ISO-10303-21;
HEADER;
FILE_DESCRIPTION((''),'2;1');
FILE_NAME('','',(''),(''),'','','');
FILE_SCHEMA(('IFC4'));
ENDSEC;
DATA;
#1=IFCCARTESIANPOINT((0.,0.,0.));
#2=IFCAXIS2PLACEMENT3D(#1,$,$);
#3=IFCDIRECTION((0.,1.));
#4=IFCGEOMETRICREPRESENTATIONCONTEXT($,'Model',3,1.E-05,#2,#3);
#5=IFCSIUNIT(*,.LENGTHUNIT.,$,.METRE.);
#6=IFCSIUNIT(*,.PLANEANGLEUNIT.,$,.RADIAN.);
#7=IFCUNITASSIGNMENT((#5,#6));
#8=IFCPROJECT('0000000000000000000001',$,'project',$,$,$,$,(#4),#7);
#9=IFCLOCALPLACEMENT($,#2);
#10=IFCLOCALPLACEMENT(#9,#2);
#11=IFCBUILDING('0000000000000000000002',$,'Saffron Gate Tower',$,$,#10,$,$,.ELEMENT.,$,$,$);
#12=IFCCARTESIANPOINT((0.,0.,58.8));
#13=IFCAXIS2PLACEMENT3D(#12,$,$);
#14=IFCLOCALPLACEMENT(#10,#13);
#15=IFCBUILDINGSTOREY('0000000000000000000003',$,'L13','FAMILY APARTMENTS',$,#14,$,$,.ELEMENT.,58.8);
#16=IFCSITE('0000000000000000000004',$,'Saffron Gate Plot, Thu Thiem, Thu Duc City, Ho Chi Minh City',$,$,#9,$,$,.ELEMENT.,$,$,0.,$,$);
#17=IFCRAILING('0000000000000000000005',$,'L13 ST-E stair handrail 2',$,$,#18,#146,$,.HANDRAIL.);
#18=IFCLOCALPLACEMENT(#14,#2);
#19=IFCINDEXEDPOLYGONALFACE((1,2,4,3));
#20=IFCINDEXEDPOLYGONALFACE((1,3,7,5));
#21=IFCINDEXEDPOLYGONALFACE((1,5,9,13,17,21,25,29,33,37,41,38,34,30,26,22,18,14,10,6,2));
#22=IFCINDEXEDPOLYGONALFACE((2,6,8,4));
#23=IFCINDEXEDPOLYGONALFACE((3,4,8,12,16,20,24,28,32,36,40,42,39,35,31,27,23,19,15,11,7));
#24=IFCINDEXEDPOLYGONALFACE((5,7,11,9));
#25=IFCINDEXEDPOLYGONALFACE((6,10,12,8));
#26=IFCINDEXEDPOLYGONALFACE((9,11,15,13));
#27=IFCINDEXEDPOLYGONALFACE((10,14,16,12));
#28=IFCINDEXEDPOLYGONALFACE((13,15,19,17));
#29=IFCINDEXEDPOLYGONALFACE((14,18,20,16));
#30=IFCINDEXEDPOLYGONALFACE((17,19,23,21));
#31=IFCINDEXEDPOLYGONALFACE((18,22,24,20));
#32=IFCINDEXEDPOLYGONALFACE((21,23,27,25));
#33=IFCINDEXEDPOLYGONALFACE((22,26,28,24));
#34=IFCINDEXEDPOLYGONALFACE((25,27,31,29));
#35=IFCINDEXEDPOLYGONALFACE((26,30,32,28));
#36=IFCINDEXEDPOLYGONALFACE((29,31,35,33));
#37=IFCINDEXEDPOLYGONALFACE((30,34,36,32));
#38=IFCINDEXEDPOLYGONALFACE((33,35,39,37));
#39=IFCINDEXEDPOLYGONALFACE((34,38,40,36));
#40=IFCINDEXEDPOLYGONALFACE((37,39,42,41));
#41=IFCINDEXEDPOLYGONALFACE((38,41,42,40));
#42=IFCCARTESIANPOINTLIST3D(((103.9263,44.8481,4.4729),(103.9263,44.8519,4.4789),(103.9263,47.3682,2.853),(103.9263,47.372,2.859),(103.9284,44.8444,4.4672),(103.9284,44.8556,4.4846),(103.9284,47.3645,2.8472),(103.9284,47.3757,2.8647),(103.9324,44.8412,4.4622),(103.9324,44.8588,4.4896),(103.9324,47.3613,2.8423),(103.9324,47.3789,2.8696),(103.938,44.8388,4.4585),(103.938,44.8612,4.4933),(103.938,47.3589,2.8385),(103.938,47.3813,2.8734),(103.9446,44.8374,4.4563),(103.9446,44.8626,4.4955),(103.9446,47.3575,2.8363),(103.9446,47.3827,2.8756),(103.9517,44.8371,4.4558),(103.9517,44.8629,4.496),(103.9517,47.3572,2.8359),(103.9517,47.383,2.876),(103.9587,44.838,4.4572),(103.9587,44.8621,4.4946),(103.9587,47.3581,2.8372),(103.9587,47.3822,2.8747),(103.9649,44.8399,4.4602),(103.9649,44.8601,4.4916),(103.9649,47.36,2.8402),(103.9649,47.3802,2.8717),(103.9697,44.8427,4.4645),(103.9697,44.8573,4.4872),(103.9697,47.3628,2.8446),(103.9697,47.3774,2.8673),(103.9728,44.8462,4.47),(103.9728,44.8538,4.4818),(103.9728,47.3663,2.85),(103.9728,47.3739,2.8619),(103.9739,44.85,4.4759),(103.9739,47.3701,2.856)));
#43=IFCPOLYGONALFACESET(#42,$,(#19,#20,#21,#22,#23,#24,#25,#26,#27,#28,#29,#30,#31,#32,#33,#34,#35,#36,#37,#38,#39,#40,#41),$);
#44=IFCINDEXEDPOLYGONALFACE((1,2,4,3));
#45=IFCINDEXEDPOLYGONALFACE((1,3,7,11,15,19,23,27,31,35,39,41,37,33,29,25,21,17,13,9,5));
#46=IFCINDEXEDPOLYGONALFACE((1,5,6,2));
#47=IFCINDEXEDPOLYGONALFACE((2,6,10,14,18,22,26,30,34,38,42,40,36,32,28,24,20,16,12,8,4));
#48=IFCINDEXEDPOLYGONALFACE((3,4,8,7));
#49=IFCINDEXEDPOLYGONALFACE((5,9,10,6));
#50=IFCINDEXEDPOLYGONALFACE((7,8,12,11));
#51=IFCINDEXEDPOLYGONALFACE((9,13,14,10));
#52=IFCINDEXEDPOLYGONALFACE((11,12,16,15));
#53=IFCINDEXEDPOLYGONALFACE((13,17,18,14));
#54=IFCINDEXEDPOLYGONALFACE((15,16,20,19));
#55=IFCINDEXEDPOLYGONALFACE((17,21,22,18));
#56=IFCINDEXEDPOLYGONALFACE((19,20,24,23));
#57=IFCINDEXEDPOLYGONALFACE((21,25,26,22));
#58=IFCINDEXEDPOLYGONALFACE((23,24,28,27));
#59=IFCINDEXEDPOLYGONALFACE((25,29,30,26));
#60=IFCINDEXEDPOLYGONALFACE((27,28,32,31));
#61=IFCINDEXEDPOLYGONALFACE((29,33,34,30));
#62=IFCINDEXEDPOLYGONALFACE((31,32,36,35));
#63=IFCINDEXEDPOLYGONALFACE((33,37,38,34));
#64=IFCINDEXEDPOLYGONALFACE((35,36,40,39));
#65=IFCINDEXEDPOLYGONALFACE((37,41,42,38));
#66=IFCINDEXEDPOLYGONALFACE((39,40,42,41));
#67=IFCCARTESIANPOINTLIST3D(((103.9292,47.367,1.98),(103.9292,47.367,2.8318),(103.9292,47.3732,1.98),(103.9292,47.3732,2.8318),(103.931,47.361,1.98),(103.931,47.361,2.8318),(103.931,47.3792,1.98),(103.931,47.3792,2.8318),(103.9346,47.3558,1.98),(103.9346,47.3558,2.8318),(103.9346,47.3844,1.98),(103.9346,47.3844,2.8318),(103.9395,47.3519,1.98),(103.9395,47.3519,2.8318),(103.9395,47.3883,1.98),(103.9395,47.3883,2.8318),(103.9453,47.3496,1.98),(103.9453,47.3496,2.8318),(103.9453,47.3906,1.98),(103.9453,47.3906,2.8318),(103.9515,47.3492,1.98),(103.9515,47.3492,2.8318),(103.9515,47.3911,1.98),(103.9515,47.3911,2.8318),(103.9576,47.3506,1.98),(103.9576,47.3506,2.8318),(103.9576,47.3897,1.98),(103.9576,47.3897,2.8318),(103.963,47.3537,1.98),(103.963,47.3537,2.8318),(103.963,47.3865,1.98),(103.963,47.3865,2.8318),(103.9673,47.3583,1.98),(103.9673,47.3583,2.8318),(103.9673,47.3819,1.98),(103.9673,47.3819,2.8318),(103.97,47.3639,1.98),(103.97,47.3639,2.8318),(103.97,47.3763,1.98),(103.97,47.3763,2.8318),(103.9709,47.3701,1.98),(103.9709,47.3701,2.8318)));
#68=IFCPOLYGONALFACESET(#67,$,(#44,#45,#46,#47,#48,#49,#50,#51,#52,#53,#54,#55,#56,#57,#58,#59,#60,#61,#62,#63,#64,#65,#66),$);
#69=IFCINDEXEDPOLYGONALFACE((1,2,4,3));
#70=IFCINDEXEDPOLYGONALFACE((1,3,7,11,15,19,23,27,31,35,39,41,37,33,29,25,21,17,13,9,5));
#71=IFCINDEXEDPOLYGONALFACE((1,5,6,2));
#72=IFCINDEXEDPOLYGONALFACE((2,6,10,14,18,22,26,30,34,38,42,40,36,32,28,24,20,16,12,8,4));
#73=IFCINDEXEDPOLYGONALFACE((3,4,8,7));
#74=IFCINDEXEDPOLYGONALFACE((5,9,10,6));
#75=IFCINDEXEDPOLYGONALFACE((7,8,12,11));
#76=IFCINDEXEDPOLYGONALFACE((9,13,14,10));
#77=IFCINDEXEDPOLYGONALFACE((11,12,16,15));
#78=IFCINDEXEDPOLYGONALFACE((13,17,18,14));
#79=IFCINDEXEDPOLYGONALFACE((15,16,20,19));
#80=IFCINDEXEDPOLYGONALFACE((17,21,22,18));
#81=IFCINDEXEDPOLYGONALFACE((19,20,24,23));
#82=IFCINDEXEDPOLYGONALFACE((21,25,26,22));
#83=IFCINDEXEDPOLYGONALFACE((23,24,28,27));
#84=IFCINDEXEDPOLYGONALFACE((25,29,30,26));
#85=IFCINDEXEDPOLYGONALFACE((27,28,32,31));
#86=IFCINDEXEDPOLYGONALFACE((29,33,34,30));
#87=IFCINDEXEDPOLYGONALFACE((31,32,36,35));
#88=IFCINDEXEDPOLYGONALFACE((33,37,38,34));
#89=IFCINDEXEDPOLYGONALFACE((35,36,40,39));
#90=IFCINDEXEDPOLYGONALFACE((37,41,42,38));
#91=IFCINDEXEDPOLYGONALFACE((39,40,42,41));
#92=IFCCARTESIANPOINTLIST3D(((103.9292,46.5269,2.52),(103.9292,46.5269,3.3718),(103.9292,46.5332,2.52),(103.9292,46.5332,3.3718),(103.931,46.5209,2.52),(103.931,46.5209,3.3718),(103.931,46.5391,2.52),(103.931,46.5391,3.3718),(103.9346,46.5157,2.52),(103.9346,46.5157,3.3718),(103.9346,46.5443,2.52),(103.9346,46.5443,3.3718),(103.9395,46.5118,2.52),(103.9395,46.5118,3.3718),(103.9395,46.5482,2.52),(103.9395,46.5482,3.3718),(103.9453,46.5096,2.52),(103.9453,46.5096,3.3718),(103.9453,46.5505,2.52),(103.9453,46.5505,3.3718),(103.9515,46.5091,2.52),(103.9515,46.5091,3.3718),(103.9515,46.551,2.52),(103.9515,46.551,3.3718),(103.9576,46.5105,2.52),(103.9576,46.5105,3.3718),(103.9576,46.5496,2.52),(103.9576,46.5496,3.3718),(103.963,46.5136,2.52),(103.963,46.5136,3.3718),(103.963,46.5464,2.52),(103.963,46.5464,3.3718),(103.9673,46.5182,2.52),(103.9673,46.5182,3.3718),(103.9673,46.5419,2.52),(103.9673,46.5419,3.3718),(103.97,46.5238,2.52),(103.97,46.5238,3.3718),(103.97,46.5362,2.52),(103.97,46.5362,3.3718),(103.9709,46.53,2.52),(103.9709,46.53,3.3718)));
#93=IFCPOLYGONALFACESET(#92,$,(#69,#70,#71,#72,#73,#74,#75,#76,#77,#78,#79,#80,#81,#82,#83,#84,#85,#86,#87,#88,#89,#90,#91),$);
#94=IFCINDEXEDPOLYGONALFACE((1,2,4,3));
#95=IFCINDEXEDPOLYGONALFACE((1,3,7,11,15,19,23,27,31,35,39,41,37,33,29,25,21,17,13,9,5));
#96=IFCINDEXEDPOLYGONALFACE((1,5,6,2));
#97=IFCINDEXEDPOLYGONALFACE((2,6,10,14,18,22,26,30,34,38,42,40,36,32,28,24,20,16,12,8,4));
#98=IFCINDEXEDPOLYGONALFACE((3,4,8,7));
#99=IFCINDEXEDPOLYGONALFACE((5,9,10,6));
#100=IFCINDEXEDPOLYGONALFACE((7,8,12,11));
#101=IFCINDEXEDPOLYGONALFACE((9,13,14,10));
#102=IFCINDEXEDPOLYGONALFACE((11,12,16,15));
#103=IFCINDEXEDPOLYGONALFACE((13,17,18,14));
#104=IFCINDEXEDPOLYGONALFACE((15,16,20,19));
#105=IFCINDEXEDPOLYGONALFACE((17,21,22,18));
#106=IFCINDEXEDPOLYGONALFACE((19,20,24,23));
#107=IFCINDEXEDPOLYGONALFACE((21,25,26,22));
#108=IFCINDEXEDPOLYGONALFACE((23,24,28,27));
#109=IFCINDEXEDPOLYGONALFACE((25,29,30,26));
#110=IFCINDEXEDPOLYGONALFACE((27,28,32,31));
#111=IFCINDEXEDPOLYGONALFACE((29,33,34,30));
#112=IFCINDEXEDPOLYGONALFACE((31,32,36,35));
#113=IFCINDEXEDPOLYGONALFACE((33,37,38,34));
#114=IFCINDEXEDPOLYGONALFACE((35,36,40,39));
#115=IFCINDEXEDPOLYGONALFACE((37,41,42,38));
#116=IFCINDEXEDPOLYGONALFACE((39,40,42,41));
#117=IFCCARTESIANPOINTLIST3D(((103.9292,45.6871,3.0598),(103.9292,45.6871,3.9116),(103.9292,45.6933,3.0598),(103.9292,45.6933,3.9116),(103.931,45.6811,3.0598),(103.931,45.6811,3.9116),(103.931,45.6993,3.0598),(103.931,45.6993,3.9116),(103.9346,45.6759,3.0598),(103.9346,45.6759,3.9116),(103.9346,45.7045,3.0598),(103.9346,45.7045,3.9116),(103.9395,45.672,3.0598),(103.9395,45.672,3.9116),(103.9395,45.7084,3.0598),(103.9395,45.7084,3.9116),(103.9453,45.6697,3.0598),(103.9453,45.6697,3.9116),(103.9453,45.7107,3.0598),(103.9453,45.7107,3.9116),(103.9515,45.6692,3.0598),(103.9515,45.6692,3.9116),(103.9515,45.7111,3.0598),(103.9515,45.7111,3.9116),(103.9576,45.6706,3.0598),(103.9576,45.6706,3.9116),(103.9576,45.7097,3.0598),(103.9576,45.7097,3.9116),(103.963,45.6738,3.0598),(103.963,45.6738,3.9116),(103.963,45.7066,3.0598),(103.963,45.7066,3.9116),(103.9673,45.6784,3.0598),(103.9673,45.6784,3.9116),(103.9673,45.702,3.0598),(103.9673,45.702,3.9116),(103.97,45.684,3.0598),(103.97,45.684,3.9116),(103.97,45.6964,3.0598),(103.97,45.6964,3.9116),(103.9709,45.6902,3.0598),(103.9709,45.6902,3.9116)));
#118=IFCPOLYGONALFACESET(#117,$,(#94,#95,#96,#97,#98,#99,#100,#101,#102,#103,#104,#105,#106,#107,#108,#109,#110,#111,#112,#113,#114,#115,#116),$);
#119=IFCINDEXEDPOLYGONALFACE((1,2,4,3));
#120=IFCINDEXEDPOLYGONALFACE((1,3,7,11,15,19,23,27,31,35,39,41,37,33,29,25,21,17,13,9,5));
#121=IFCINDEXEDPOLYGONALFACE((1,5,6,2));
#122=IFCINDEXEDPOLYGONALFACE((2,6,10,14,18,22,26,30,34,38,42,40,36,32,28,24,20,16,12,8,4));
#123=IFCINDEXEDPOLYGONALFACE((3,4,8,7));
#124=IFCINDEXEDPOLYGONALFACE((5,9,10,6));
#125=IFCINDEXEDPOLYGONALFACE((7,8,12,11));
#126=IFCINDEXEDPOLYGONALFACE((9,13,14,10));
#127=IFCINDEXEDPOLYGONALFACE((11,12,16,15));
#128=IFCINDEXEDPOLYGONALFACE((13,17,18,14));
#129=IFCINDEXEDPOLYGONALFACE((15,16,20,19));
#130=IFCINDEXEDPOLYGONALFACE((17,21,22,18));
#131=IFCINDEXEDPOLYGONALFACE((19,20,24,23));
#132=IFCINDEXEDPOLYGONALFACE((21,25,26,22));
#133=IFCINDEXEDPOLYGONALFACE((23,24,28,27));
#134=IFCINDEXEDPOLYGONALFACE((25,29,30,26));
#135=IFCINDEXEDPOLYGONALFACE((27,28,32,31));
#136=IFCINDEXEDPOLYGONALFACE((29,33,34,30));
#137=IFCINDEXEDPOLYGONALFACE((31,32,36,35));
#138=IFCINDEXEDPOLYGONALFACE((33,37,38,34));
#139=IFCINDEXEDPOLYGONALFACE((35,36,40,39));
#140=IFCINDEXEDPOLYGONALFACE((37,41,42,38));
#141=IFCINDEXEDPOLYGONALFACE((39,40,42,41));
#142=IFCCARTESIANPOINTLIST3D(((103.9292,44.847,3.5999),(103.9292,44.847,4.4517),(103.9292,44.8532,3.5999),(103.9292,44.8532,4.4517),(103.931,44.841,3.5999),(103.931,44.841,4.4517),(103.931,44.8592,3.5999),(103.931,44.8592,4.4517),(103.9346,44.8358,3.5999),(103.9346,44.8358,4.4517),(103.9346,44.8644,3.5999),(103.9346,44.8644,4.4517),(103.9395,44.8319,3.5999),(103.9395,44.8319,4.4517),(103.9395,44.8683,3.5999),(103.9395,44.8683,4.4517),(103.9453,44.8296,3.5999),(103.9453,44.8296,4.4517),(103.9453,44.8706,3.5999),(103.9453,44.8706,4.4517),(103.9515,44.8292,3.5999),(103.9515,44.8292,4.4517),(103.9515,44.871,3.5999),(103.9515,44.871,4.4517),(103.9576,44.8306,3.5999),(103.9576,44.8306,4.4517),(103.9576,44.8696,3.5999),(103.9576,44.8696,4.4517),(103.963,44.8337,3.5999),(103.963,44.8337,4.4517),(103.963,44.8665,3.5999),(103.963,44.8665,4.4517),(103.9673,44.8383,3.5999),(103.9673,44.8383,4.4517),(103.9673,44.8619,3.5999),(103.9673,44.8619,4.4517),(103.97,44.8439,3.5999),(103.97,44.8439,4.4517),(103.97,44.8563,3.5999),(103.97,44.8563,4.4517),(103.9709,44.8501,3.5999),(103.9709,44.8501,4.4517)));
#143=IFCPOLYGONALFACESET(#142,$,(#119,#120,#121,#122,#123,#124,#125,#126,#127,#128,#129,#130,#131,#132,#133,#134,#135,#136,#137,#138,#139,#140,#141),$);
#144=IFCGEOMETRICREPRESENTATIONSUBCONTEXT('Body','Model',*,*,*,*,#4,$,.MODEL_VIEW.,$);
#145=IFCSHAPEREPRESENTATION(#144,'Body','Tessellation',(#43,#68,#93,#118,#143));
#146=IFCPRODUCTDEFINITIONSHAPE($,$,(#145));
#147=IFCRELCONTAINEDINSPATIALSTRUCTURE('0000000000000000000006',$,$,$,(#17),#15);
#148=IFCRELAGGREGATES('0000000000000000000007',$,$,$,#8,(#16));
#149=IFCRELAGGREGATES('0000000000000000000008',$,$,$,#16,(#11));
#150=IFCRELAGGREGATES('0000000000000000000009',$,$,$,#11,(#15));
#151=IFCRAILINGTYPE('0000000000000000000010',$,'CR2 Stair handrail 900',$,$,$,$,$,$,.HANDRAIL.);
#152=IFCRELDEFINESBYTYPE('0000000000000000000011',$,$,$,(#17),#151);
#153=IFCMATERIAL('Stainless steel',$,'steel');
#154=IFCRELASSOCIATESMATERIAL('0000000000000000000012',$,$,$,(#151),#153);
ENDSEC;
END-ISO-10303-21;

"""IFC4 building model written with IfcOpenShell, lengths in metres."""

from ifc_helpers import new_model, si_unit, direction, frame, origin, origin_2d, place, context, subcontext, project, spatial, circle, extrude, material, type_object, element, save


model = new_model("IFC4")

# Units and contexts
model_context = context("Model", 3, precision=1e-05, world=origin(), true_north=direction((0.0, 1.0)))
body_context = subcontext(model_context, "Body", "Model", "MODEL_VIEW")
ifc_project = project(units=[si_unit("LENGTHUNIT", "METRE"), si_unit("PLANEANGLEUNIT", "RADIAN")], contexts=[model_context])

# Site, building, storey
site_placement = place(None, origin())
site = spatial("IfcSite", under=ifc_project, at=site_placement, Name="Saffron Gate Plot, Thu Thiem, Thu Duc City, Ho Chi Minh City", CompositionType="ELEMENT", RefElevation=0.0)
building_placement = place(site_placement, origin())
building = spatial("IfcBuilding", under=site, at=building_placement, Name="Saffron Gate Tower", CompositionType="ELEMENT")
storey_placement = place(building_placement, frame((0.0, 0.0, 58.8)))
storey = spatial("IfcBuildingStorey", under=building, at=storey_placement, Name="L13", Description="FAMILY APARTMENTS", CompositionType="ELEMENT", Elevation=58.8)

# Railing
ifc_material_1 = material(Name="Stainless steel", Category="steel")
railing_type_1 = type_object("IfcRailingType", Name="CR2 Stair handrail 900", PredefinedType="HANDRAIL", material=ifc_material_1)
railing_1_placement = place(storey_placement, frame((103.95, 47.3701, 1.98)))
element("IfcRailing", 1, at=railing_1_placement, inside=storey, type_object=railing_type_1, Name="L13 ST-E stair handrail 2", PredefinedType="HANDRAIL", context=body_context, shape_type="SweptSolid", body=[
    extrude(circle(Radius=0.0239, at=origin_2d()), frame((0.0, 0.0, 0.876), z_axis=(0.0, -0.8412, 0.540725), x_axis=(1.0, 0.0, 0.0)), (0.0, 0.0, 1.0), 2.9958),
    extrude(circle(Radius=0.021, at=origin_2d()), origin(), (0.0, 0.0, 1.0), 0.8518),
    extrude(circle(Radius=0.021, at=origin_2d()), frame((0.0, -0.8401, 0.54)), (0.0, 0.0, 1.0), 0.8518),
    extrude(circle(Radius=0.021, at=origin_2d()), frame((0.0, -1.6799, 1.0798)), (0.0, 0.0, 1.0), 0.8518),
    extrude(circle(Radius=0.021, at=origin_2d()), frame((0.0, -2.52, 1.6199)), (0.0, 0.0, 1.0), 0.8518),
])

save(model, "model.ifc")
